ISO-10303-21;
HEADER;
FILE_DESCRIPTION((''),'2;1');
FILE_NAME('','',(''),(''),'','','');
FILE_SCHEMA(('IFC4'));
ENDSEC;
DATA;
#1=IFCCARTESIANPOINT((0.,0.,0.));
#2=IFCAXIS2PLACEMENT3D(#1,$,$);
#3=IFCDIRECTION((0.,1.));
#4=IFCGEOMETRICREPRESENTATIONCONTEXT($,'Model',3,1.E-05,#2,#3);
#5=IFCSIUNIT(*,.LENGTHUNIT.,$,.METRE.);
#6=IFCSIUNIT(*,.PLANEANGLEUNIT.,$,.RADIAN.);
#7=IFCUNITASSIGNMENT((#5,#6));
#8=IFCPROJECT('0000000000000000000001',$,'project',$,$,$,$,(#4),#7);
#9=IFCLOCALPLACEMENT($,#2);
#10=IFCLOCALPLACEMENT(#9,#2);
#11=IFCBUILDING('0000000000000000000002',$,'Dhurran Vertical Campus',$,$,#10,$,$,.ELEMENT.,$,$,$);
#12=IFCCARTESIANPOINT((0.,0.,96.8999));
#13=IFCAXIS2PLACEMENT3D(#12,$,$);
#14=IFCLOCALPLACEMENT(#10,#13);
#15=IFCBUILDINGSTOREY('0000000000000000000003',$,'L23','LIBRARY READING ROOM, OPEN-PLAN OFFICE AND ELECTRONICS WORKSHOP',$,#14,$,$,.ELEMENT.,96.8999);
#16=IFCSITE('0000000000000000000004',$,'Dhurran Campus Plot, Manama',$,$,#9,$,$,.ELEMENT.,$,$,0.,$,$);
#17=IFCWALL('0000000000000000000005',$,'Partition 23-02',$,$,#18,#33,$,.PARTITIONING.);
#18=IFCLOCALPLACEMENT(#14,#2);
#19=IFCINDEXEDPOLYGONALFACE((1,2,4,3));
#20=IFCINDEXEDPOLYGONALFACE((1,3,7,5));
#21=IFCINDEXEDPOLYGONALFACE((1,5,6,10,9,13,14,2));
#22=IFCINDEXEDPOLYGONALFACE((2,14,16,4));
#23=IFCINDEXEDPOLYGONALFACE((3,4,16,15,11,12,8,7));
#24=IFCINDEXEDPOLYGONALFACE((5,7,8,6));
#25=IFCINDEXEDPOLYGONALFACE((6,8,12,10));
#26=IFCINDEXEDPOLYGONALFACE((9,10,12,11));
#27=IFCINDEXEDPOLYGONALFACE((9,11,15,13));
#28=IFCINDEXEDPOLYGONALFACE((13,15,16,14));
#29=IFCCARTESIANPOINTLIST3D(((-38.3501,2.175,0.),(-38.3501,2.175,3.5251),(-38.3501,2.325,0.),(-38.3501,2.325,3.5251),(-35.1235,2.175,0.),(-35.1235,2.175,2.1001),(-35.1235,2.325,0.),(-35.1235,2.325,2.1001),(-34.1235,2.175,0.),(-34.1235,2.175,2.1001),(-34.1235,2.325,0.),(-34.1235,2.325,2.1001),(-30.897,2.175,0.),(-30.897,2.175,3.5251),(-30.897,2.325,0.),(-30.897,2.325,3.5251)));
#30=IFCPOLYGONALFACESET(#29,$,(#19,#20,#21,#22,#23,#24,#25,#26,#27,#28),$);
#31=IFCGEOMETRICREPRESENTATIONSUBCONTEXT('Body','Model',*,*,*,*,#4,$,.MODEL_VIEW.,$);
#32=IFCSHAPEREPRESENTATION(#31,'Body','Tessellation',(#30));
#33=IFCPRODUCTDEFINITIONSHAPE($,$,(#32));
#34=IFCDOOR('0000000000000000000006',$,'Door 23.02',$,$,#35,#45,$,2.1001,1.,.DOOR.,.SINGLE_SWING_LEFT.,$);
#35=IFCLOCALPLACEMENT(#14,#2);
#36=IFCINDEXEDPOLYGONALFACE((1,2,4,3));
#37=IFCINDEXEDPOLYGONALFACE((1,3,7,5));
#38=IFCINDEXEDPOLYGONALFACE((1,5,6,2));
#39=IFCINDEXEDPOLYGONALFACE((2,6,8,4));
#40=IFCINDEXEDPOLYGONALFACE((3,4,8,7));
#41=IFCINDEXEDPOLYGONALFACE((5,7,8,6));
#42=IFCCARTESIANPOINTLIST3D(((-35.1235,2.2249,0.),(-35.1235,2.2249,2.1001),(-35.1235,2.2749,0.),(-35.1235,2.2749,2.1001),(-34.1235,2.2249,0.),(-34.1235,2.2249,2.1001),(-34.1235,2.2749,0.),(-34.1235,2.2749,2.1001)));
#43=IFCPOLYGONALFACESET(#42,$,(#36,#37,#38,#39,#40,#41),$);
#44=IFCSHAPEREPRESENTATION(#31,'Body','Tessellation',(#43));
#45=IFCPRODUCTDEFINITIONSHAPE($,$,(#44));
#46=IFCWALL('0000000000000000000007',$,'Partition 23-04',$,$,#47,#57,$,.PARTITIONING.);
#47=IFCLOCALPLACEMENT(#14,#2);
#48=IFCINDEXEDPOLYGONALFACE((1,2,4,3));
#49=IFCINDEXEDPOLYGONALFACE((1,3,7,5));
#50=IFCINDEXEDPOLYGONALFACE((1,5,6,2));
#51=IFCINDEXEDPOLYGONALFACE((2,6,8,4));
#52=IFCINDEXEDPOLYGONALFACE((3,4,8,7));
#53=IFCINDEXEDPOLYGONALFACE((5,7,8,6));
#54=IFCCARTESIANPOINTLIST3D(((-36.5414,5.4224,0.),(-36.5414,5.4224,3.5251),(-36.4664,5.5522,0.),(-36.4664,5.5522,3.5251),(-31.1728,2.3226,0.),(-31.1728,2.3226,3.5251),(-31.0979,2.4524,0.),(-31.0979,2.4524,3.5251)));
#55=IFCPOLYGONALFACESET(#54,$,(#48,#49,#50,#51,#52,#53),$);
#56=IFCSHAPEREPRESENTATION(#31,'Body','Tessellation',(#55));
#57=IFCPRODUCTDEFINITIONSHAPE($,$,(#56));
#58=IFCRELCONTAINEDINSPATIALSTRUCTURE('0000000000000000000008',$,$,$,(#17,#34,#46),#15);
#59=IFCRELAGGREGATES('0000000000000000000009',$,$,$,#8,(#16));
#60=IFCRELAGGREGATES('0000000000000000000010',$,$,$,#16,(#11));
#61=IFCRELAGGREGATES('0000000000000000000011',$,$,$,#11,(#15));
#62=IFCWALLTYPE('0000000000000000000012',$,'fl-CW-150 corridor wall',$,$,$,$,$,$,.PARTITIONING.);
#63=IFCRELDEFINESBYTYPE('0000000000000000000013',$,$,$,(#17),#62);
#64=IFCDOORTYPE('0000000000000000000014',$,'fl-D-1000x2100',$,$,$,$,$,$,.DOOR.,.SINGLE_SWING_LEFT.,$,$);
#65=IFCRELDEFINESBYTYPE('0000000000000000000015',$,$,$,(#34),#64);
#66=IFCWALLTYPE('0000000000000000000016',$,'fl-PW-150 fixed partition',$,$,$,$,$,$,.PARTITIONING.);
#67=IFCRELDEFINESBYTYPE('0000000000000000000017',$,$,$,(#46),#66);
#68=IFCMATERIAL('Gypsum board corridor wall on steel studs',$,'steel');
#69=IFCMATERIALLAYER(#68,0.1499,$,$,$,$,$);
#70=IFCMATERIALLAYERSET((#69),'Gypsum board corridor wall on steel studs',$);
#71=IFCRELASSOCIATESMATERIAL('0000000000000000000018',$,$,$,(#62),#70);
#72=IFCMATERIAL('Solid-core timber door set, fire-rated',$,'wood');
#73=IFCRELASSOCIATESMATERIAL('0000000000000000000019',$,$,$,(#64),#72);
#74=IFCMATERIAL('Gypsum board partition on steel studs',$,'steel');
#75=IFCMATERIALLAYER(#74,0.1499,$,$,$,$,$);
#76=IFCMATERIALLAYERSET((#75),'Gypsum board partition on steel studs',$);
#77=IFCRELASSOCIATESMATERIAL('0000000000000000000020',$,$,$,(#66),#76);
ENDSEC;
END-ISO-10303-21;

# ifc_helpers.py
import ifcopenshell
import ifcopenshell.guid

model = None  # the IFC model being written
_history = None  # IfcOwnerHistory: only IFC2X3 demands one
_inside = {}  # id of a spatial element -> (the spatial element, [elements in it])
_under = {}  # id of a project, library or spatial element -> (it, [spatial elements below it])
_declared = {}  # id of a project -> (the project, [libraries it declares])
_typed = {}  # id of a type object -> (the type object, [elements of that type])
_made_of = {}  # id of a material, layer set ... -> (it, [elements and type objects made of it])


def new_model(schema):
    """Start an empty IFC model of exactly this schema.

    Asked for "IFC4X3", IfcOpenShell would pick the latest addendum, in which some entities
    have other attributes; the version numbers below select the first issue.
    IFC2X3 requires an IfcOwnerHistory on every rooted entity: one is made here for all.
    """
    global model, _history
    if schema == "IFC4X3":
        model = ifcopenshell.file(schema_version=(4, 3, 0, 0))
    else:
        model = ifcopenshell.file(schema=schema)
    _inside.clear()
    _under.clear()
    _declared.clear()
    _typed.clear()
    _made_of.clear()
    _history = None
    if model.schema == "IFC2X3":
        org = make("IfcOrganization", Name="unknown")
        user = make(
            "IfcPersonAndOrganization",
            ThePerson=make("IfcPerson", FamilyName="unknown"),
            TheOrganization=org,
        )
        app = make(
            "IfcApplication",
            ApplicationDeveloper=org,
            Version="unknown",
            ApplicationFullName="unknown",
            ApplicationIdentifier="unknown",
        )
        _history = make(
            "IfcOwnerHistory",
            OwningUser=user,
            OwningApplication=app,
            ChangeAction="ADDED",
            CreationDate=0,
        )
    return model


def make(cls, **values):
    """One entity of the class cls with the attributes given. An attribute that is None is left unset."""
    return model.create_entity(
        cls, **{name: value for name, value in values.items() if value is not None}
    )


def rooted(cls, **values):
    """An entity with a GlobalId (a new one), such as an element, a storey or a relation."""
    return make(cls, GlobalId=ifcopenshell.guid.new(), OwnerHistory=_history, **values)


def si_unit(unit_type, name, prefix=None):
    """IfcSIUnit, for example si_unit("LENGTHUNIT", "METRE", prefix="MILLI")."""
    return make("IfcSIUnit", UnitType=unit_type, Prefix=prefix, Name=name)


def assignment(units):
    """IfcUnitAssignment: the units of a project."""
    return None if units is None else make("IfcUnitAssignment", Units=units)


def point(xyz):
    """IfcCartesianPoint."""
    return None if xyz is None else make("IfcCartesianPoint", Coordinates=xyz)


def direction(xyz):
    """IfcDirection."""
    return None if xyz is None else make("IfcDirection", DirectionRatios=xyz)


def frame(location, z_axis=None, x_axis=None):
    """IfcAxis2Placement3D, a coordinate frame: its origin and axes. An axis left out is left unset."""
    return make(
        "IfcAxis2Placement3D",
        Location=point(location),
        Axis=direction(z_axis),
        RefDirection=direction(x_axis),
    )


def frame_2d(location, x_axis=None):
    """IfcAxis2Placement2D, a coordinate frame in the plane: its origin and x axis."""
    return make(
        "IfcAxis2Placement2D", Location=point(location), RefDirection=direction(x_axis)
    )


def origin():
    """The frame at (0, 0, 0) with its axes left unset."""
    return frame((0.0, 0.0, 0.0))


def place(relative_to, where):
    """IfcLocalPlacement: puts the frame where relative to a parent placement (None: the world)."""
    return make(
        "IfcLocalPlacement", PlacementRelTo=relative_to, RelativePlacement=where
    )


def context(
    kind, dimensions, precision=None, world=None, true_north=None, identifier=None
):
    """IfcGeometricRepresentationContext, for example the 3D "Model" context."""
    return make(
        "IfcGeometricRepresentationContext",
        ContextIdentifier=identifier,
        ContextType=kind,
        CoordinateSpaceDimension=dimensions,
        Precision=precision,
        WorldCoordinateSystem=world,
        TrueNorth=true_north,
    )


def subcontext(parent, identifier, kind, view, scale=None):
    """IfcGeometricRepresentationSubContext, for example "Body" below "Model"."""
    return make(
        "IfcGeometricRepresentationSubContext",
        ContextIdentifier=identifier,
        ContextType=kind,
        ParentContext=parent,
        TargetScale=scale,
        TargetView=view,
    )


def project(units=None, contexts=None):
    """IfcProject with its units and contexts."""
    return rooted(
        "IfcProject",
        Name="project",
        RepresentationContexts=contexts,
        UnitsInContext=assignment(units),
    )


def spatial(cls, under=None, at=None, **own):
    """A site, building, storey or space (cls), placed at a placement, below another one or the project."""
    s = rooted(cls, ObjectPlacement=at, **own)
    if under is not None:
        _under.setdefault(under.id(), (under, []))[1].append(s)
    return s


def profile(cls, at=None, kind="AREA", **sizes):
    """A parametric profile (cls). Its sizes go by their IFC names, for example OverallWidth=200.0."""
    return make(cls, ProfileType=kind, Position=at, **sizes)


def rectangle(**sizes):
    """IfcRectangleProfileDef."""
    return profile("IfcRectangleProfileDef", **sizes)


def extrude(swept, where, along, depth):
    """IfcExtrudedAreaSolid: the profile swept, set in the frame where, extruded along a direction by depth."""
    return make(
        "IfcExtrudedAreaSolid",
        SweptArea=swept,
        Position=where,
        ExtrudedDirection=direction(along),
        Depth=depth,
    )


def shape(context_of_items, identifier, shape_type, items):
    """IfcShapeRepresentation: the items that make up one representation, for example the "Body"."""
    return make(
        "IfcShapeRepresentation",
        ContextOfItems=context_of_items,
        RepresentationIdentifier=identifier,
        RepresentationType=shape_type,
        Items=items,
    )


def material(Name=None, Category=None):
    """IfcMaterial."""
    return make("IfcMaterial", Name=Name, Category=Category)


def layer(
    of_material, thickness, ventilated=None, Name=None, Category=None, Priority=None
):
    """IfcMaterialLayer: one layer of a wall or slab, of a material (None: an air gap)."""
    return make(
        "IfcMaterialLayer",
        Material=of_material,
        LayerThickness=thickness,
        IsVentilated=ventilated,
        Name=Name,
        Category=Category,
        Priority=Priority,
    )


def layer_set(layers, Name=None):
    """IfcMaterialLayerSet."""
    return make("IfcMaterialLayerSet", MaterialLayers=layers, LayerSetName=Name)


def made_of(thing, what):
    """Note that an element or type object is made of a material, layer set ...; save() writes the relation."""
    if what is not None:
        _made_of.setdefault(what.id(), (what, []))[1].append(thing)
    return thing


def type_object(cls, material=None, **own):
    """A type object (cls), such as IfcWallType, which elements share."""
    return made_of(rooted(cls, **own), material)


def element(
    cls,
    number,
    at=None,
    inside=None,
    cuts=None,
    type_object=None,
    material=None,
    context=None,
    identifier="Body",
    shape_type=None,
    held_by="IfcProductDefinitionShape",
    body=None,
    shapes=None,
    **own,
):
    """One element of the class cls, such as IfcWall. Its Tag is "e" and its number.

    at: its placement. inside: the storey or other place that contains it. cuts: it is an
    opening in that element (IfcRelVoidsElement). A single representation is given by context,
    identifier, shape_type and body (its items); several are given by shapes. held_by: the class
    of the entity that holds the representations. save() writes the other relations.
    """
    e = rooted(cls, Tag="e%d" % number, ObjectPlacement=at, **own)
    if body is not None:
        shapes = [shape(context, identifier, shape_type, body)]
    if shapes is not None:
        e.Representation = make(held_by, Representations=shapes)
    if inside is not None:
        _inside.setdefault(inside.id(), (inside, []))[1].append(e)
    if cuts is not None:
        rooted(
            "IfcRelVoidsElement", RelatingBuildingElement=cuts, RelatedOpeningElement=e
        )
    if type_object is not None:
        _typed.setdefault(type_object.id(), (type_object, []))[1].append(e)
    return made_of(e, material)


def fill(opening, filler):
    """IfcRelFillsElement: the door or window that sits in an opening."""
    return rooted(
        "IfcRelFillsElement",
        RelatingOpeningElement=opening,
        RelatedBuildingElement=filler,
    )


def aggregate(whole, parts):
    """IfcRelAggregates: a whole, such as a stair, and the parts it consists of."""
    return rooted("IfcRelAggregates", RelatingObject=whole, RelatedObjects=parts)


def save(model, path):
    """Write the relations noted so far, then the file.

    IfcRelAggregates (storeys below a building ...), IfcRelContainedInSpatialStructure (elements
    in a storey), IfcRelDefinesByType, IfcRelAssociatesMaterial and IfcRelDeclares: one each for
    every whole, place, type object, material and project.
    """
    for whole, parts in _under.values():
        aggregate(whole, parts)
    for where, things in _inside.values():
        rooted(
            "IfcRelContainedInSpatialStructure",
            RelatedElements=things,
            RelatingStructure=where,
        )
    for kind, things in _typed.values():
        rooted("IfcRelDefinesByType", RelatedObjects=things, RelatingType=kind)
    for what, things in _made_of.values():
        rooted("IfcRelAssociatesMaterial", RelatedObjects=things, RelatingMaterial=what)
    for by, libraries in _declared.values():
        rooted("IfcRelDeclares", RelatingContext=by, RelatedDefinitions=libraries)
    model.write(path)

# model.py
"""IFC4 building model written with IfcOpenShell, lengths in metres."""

from ifc_helpers import new_model, si_unit, direction, frame, frame_2d, origin, place, context, subcontext, project, spatial, rectangle, extrude, material, layer, layer_set, type_object, element, fill, save


model = new_model("IFC4")

# Units and contexts
model_context = context("Model", 3, precision=1e-05, world=origin(), true_north=direction((0.0, 1.0)))
body_context = subcontext(model_context, "Body", "Model", "MODEL_VIEW")
ifc_project = project(units=[si_unit("LENGTHUNIT", "METRE"), si_unit("PLANEANGLEUNIT", "RADIAN")], contexts=[model_context])

# Site, building, storey
site_placement = place(None, origin())
site = spatial("IfcSite", under=ifc_project, at=site_placement, Name="Dhurran Campus Plot, Manama", CompositionType="ELEMENT", RefElevation=0.0)
building_placement = place(site_placement, origin())
building = spatial("IfcBuilding", under=site, at=building_placement, Name="Dhurran Vertical Campus", CompositionType="ELEMENT")
storey_placement = place(building_placement, frame((0.0, 0.0, 96.8999)))
storey = spatial("IfcBuildingStorey", under=building, at=storey_placement, Name="L23", Description="LIBRARY READING ROOM, OPEN-PLAN OFFICE AND ELECTRONICS WORKSHOP", CompositionType="ELEMENT", Elevation=96.8999)

# Wall, opening, door
ifc_material_1 = material(Name="Gypsum board corridor wall on steel studs", Category="steel")
ifc_layer_1 = layer(ifc_material_1, 0.1499)
ifc_layer_set_1 = layer_set([ifc_layer_1], Name="Gypsum board corridor wall on steel studs")
wall_type_1 = type_object("IfcWallType", Name="fl-CW-150 corridor wall", PredefinedType="PARTITIONING", material=ifc_layer_set_1)
wall_1_placement = place(storey_placement, frame((-38.3501, 2.25, 0.0), z_axis=(0.0, 0.0, 1.0), x_axis=(1.0, 0.0, 0.0)))
wall_1 = element("IfcWall", 1, at=wall_1_placement, inside=storey, type_object=wall_type_1, Name="Partition 23-02", PredefinedType="PARTITIONING", context=body_context, shape_type="SweptSolid", body=[
    extrude(rectangle(XDim=7.4531, YDim=0.1499, at=frame_2d((3.7266, 0.0))), origin(), (0.0, 0.0, 1.0), 3.5251),
])
opening_1_placement = place(wall_1_placement, frame((3.2266, 0.0, 0.0)))
opening_1 = element("IfcOpeningElement", 2, at=opening_1_placement, cuts=wall_1, PredefinedType="OPENING", context=body_context, shape_type="SweptSolid", body=[
    extrude(rectangle(XDim=1.0, YDim=2.1001, at=frame_2d((0.5, 1.05))), frame((0.0, 0.085, 0.0), z_axis=(0.0, -1.0, 0.0), x_axis=(1.0, 0.0, 0.0)), (0.0, 0.0, 1.0), 0.1699),
])
ifc_material_2 = material(Name="Solid-core timber door set, fire-rated", Category="wood")
door_type = type_object("IfcDoorType", Name="fl-D-1000x2100", OperationType="SINGLE_SWING_LEFT", PredefinedType="DOOR", material=ifc_material_2)
door_placement = place(opening_1_placement, origin())
door = element("IfcDoor", 3, at=door_placement, inside=storey, type_object=door_type, Name="Door 23.02", OperationType="SINGLE_SWING_LEFT", OverallHeight=2.1001, OverallWidth=1.0, PredefinedType="DOOR", context=body_context, shape_type="SweptSolid", body=[
    extrude(rectangle(XDim=1.0, YDim=2.1001, at=frame_2d((0.5, 1.05))), frame((0.0, 0.0249, 0.0), z_axis=(0.0, -1.0, 0.0), x_axis=(1.0, 0.0, 0.0)), (0.0, 0.0, 1.0), 0.05),
])
fill(opening_1, door)

# Wall
ifc_material_3 = material(Name="Gypsum board partition on steel studs", Category="steel")
ifc_layer_2 = layer(ifc_material_3, 0.1499)
ifc_layer_set_2 = layer_set([ifc_layer_2], Name="Gypsum board partition on steel studs")
wall_type_2 = type_object("IfcWallType", Name="fl-PW-150 fixed partition", PredefinedType="PARTITIONING", material=ifc_layer_set_2)
wall_2_placement = place(storey_placement, frame((-36.5039, 5.4873, 0.0), z_axis=(0.0, 0.0, 1.0), x_axis=(0.866007, -0.500032, 0.0)))
element("IfcWall", 4, at=wall_2_placement, inside=storey, type_object=wall_type_2, Name="Partition 23-04", PredefinedType="PARTITIONING", context=body_context, shape_type="SweptSolid", body=[
    extrude(rectangle(XDim=6.1992, YDim=0.1499, at=frame_2d((3.0996, 0.0))), origin(), (0.0, 0.0, 1.0), 3.5251),
])

save(model, "model.ifc")
